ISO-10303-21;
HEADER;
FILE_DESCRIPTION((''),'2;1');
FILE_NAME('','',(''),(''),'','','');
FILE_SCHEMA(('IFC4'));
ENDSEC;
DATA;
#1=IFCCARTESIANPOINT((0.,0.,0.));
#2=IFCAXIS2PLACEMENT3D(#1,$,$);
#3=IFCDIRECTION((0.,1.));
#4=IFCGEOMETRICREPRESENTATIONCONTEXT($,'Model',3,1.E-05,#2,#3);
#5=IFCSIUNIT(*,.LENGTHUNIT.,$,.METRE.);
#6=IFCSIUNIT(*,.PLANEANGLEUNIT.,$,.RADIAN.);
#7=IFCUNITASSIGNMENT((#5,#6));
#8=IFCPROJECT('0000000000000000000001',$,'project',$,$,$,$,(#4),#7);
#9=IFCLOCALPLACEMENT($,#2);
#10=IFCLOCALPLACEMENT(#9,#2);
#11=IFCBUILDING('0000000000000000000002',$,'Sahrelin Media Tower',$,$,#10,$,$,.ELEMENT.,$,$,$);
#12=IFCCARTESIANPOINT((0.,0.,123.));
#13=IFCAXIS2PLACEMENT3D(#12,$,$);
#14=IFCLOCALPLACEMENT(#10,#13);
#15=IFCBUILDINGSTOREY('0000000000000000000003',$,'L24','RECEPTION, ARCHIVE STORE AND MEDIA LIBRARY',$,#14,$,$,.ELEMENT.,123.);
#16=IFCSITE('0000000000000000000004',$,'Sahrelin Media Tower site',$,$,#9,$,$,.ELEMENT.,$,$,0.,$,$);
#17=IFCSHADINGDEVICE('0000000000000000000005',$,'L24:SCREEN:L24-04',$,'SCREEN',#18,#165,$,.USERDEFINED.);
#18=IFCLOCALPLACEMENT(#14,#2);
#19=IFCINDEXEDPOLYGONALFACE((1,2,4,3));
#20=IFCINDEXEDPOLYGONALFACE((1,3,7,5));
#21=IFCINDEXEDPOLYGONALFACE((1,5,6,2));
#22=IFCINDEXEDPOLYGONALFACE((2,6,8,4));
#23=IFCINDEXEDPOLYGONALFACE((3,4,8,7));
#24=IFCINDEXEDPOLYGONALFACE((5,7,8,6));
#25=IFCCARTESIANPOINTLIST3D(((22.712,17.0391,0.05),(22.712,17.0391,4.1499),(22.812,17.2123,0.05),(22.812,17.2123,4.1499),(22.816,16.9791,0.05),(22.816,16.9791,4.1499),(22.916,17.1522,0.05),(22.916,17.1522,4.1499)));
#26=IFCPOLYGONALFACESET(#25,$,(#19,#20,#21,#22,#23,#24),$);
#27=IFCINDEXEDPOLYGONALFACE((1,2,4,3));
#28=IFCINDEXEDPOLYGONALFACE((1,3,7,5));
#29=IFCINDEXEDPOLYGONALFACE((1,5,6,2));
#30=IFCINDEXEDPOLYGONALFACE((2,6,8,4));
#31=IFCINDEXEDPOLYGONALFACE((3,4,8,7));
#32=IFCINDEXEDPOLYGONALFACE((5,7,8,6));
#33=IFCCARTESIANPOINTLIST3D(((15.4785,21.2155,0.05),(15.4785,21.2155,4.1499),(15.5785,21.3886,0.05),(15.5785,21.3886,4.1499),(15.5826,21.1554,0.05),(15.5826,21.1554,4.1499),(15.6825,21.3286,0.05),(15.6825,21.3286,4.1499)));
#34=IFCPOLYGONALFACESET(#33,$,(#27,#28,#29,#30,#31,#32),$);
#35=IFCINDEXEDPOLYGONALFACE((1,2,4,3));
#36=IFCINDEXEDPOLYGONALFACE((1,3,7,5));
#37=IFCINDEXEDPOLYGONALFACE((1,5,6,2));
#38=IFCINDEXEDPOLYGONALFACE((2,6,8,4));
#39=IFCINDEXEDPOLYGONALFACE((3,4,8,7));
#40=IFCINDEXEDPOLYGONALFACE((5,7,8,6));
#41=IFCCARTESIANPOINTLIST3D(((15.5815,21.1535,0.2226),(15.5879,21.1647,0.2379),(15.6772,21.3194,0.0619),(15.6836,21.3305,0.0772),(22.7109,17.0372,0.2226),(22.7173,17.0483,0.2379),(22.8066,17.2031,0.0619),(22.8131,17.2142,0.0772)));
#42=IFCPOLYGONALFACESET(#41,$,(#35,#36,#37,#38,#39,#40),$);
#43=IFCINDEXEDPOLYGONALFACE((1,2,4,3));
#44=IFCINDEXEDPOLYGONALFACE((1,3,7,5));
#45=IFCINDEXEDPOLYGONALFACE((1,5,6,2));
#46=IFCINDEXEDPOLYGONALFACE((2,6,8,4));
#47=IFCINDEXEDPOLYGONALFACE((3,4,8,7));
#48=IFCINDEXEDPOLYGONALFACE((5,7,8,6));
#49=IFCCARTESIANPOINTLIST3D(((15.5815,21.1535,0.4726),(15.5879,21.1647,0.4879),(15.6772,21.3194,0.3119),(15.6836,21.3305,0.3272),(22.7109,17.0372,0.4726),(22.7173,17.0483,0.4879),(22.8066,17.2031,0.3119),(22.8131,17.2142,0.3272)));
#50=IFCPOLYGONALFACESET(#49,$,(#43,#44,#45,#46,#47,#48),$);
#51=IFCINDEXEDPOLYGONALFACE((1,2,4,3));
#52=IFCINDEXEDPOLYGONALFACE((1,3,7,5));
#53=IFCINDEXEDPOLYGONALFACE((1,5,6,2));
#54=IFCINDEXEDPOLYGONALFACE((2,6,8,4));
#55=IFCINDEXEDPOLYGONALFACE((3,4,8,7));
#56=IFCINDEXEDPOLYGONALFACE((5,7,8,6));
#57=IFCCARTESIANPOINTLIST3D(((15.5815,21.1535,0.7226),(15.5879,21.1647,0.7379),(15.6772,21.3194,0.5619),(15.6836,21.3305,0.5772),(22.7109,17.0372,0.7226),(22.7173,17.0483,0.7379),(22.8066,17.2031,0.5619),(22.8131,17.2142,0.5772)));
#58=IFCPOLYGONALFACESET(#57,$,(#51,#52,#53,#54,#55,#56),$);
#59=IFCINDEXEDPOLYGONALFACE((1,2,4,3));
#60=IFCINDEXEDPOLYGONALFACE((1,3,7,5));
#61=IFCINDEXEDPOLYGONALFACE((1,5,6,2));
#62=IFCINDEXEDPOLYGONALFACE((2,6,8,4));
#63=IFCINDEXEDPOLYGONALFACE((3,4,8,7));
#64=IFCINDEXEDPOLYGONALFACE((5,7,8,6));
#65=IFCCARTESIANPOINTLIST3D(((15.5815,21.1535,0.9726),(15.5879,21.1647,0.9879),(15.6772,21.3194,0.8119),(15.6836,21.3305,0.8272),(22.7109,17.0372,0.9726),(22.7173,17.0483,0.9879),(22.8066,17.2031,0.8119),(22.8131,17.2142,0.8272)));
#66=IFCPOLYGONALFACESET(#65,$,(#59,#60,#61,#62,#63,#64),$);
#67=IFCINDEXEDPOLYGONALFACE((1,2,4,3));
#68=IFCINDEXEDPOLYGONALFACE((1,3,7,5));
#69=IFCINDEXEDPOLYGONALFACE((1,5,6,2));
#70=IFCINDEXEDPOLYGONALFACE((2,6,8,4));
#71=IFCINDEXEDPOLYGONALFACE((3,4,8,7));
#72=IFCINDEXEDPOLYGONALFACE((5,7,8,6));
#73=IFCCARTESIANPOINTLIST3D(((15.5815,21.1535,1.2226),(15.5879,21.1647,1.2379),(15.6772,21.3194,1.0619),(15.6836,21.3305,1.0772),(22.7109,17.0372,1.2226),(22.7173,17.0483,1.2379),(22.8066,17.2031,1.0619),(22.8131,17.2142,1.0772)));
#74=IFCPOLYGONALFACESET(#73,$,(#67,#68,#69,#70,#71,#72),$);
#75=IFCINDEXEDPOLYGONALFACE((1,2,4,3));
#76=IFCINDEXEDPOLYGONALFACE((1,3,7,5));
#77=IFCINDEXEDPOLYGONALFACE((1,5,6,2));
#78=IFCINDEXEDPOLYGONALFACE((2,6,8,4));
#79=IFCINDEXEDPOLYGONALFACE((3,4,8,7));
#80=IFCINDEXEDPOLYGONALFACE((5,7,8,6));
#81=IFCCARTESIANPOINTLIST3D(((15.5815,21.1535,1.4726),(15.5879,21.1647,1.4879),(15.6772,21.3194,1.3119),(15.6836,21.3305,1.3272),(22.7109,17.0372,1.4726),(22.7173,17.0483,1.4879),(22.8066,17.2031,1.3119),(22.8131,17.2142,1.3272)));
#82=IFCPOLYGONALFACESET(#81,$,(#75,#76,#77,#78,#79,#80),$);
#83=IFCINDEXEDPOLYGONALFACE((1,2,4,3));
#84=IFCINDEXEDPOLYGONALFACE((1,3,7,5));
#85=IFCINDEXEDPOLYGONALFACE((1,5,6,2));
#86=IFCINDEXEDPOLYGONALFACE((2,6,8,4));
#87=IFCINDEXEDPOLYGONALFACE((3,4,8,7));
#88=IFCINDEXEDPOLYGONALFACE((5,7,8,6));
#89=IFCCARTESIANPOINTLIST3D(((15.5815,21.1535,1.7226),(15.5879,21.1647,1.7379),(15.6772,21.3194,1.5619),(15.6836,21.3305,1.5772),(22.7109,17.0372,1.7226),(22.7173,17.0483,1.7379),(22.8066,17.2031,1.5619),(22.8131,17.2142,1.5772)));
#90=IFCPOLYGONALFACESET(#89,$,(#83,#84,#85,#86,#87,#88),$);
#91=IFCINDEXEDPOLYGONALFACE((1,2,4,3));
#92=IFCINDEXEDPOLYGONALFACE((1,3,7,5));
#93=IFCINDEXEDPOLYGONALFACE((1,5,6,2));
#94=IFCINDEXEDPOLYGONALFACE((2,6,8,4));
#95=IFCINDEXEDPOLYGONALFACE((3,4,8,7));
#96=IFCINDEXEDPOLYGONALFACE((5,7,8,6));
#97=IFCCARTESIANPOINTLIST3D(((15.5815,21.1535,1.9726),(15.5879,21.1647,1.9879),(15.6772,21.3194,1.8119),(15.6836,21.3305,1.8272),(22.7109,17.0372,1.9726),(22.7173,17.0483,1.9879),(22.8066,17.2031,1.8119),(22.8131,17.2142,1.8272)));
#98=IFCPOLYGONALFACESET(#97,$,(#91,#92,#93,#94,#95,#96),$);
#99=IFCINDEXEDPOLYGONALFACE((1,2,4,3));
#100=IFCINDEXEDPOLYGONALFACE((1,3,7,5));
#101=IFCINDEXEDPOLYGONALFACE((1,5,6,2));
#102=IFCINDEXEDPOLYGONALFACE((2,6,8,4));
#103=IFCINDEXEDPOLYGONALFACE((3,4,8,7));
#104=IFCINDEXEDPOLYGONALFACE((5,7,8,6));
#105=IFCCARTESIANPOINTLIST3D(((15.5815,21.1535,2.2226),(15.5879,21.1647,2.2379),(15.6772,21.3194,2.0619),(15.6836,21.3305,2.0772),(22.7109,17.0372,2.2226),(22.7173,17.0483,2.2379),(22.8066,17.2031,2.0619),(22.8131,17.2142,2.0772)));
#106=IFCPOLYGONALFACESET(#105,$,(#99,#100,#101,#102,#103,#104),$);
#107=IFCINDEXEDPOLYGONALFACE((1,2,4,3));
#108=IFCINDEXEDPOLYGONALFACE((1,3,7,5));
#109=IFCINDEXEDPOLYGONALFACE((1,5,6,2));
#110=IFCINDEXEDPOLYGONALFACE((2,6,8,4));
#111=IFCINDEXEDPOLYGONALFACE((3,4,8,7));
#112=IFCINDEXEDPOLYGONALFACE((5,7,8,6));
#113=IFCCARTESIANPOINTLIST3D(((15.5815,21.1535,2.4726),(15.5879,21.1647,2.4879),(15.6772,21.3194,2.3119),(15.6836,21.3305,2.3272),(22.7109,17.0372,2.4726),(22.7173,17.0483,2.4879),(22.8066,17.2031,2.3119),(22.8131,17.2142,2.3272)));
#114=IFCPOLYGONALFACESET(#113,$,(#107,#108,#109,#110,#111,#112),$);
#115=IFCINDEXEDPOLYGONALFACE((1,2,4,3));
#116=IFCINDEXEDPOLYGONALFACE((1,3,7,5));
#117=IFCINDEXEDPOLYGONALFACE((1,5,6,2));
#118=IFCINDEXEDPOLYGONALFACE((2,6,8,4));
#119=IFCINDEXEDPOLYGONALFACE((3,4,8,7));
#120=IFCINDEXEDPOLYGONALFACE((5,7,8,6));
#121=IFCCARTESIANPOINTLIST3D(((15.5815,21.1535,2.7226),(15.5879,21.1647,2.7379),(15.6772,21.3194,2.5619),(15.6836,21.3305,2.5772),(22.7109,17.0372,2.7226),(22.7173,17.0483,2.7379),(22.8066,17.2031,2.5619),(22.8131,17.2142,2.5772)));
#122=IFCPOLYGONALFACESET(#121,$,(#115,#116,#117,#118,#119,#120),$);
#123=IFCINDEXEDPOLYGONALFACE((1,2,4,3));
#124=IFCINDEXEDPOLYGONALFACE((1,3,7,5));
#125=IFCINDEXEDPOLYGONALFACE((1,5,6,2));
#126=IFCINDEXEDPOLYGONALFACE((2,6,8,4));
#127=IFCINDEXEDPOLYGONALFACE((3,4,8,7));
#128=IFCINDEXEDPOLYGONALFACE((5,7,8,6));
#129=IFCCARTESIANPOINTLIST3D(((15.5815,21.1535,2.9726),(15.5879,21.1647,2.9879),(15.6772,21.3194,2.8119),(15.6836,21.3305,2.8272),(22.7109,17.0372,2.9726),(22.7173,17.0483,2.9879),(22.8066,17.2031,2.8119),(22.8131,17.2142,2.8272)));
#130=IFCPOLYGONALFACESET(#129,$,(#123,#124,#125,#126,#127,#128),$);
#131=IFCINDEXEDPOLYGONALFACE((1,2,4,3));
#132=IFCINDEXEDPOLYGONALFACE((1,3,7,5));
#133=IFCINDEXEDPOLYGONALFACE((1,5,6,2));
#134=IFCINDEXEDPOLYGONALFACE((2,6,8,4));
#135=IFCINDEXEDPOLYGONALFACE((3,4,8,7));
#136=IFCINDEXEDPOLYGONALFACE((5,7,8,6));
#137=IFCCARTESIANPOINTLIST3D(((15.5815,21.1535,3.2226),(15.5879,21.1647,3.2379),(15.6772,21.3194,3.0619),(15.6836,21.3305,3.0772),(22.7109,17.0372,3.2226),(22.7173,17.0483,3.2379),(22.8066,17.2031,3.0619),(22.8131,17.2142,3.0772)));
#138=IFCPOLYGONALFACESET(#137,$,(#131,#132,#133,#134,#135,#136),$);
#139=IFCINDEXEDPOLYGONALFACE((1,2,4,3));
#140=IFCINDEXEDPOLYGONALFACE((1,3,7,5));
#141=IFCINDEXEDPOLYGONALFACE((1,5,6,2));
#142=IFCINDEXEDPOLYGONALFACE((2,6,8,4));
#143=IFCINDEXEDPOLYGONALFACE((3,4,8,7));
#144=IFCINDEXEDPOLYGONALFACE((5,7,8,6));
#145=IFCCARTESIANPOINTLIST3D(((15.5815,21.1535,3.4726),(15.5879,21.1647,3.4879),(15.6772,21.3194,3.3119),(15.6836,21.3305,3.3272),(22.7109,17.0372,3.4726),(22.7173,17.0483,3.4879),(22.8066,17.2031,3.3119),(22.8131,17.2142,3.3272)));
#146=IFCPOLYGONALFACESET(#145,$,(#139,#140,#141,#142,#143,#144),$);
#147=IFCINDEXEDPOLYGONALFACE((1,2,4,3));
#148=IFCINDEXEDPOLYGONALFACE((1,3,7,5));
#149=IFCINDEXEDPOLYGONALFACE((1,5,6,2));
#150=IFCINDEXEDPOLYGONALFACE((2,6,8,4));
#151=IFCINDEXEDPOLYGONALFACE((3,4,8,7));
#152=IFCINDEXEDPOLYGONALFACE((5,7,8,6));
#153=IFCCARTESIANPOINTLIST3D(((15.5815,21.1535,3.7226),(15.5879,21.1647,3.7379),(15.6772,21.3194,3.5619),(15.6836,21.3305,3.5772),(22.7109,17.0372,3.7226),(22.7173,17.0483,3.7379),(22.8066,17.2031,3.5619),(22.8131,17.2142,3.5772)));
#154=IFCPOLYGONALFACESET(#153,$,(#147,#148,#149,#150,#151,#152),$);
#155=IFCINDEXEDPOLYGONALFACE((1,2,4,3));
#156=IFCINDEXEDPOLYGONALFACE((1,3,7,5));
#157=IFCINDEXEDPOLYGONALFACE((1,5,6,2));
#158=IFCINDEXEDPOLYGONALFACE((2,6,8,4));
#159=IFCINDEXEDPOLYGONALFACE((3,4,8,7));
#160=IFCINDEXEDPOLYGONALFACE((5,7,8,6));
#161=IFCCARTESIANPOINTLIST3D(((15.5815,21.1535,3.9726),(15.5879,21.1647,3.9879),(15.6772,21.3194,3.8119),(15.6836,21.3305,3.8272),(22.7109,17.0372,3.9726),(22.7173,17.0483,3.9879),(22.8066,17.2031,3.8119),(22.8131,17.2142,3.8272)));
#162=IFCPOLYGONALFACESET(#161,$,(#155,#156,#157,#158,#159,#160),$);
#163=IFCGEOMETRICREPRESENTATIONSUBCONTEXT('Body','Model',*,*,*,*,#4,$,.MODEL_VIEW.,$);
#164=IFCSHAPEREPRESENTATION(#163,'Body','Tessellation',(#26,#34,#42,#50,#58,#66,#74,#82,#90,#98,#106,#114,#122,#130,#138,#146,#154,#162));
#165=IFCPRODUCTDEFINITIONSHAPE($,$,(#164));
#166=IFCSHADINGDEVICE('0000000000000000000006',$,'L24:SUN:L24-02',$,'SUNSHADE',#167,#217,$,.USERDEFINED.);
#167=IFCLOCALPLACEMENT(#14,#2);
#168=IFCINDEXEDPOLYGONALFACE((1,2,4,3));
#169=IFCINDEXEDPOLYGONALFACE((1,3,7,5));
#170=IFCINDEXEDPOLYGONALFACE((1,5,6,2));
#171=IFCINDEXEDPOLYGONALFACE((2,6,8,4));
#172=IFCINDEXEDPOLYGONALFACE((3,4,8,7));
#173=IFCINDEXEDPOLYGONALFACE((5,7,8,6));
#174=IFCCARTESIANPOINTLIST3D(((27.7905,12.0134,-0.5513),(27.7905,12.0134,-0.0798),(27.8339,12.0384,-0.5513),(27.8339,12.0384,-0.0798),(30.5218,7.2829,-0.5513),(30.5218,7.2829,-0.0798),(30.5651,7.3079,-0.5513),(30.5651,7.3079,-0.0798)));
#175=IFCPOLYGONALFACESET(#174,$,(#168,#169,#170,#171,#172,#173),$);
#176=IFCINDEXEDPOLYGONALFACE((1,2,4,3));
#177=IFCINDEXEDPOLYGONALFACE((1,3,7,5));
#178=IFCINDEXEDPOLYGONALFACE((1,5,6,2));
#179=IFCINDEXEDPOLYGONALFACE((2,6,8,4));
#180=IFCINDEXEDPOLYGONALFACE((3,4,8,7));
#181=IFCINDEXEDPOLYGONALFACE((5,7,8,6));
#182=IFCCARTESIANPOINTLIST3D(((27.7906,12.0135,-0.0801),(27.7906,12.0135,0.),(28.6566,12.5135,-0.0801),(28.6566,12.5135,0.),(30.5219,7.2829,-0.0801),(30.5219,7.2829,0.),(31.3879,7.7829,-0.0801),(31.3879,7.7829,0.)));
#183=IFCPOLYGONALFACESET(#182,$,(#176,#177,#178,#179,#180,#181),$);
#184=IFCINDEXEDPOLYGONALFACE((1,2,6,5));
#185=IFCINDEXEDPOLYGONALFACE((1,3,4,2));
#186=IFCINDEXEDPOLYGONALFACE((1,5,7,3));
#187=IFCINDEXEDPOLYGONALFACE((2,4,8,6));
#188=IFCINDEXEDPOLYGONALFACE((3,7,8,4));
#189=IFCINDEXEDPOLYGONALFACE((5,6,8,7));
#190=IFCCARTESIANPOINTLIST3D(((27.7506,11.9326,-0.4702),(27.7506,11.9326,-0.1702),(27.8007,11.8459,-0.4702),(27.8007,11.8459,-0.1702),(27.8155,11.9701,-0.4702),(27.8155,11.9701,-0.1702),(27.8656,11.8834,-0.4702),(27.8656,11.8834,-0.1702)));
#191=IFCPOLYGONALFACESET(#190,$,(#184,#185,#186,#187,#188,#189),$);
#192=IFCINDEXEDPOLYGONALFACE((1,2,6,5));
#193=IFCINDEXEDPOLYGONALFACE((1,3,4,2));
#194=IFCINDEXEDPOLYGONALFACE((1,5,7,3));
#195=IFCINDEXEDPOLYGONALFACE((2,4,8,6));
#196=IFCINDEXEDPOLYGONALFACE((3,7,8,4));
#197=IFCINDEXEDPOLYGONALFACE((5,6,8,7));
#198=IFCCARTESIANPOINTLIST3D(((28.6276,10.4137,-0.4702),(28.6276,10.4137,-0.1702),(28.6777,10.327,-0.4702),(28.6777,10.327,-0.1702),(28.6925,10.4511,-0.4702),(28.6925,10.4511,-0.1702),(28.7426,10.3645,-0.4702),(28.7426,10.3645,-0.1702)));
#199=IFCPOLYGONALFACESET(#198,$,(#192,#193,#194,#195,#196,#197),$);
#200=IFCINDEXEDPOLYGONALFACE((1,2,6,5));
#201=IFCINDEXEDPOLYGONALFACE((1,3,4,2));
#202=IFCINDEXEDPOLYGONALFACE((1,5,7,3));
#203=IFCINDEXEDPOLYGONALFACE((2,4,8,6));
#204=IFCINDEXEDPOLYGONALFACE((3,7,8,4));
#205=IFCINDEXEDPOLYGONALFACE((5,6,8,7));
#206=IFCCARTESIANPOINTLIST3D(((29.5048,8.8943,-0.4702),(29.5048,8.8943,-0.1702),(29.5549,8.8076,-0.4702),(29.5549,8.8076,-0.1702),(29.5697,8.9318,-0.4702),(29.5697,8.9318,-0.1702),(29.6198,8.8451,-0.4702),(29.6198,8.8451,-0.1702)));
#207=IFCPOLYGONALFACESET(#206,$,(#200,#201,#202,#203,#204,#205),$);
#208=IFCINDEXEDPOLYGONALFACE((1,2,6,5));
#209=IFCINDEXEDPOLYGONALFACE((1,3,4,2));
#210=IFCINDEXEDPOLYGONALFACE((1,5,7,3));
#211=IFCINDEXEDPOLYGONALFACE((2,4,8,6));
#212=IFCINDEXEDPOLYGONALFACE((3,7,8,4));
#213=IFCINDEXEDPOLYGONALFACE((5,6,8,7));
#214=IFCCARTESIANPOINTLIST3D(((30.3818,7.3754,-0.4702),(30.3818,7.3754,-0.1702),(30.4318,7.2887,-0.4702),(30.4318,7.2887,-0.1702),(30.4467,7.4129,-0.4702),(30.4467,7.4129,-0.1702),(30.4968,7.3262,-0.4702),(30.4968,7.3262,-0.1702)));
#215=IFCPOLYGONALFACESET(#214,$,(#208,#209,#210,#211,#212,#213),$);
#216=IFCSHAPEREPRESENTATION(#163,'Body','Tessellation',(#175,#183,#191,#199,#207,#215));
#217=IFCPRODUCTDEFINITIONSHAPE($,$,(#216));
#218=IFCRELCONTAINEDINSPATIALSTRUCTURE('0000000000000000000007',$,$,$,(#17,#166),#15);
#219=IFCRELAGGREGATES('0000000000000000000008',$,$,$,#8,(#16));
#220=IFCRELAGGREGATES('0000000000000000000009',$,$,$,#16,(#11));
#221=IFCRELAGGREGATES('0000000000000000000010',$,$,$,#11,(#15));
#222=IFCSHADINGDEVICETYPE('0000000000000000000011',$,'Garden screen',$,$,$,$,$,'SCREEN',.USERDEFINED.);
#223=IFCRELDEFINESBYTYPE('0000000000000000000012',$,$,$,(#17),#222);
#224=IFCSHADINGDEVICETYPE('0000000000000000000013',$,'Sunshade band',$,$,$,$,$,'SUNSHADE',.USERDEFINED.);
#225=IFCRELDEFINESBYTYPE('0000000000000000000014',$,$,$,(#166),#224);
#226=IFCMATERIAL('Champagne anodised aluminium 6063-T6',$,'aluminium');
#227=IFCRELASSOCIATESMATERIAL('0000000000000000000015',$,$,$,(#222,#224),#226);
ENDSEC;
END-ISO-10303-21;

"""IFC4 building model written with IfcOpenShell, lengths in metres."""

from ifc_helpers import new_model, si_unit, direction, frame, origin, origin_2d, place, context, subcontext, project, spatial, rectangle, extrude, material, type_object, element, save


model = new_model("IFC4")

# Units and contexts
model_context = context("Model", 3, precision=1e-05, world=origin(), true_north=direction((0.0, 1.0)))
body_context = subcontext(model_context, "Body", "Model", "MODEL_VIEW")
ifc_project = project(units=[si_unit("LENGTHUNIT", "METRE"), si_unit("PLANEANGLEUNIT", "RADIAN")], contexts=[model_context])

# Site, building, storey
site_placement = place(None, origin())
site = spatial("IfcSite", under=ifc_project, at=site_placement, Name="Sahrelin Media Tower site", CompositionType="ELEMENT", RefElevation=0.0)
building_placement = place(site_placement, origin())
building = spatial("IfcBuilding", under=site, at=building_placement, Name="Sahrelin Media Tower", CompositionType="ELEMENT")
storey_placement = place(building_placement, frame((0.0, 0.0, 123.0)))
storey = spatial("IfcBuildingStorey", under=building, at=storey_placement, Name="L24", Description="RECEPTION, ARCHIVE STORE AND MEDIA LIBRARY", CompositionType="ELEMENT", Elevation=123.0)

# Shared definitions
ifc_material_1 = material(Name="Champagne anodised aluminium 6063-T6", Category="aluminium")

# Shading device
placement_1 = place(storey_placement, frame((29.1389, 9.6382, 0.0), z_axis=(0.0, 0.0, 1.0), x_axis=(0.500011, -0.866019, 0.0)))
shading_device_type_1 = type_object("IfcShadingDeviceType", Name="Garden screen", ElementType="SCREEN", PredefinedType="USERDEFINED", material=ifc_material_1)
shading_device_1_placement = place(storey_placement, frame((19.1472, 19.0972, 0.0), z_axis=(0.0, 0.0, 1.0), x_axis=(0.866019, -0.500011, 0.0)))
element("IfcShadingDevice", 1, at=shading_device_1_placement, inside=storey, type_object=shading_device_type_1, Name="L24:SCREEN:L24-04", ObjectType="SCREEN", PredefinedType="USERDEFINED", context=body_context, shape_type="SweptSolid", body=[
    extrude(rectangle(XDim=0.1201, YDim=0.2, at=origin_2d()), frame((4.1763, 0.1001, 0.05), z_axis=(0.0, 0.0, 1.0), x_axis=(1.0, 0.0, 0.0)), (0.0, 0.0, 1.0), 4.0999),
    extrude(rectangle(XDim=0.1201, YDim=0.2, at=origin_2d()), frame((-4.1763, 0.1001, 0.05), z_axis=(0.0, 0.0, 1.0), x_axis=(1.0, 0.0, 0.0)), (0.0, 0.0, 1.0), 4.0999),
    extrude(rectangle(XDim=0.25, YDim=0.02, at=origin_2d()), frame((4.1162, 0.1001, 0.1499), z_axis=(-1.0, 0.0, 0.0), x_axis=(0.0, -0.766044, 0.642788)), (0.0, 0.0, 1.0), 8.2324),
    extrude(rectangle(XDim=0.25, YDim=0.02, at=origin_2d()), frame((4.1162, 0.1001, 0.3999), z_axis=(-1.0, 0.0, 0.0), x_axis=(0.0, -0.766044, 0.642788)), (0.0, 0.0, 1.0), 8.2324),
    extrude(rectangle(XDim=0.25, YDim=0.02, at=origin_2d()), frame((4.1162, 0.1001, 0.6499), z_axis=(-1.0, 0.0, 0.0), x_axis=(0.0, -0.766044, 0.642788)), (0.0, 0.0, 1.0), 8.2324),
    extrude(rectangle(XDim=0.25, YDim=0.02, at=origin_2d()), frame((4.1162, 0.1001, 0.8999), z_axis=(-1.0, 0.0, 0.0), x_axis=(0.0, -0.766044, 0.642788)), (0.0, 0.0, 1.0), 8.2324),
    extrude(rectangle(XDim=0.25, YDim=0.02, at=origin_2d()), frame((4.1162, 0.1001, 1.1499), z_axis=(-1.0, 0.0, 0.0), x_axis=(0.0, -0.766044, 0.642788)), (0.0, 0.0, 1.0), 8.2324),
    extrude(rectangle(XDim=0.25, YDim=0.02, at=origin_2d()), frame((4.1162, 0.1001, 1.3999), z_axis=(-1.0, 0.0, 0.0), x_axis=(0.0, -0.766044, 0.642788)), (0.0, 0.0, 1.0), 8.2324),
    extrude(rectangle(XDim=0.25, YDim=0.02, at=origin_2d()), frame((4.1162, 0.1001, 1.6499), z_axis=(-1.0, 0.0, 0.0), x_axis=(0.0, -0.766044, 0.642788)), (0.0, 0.0, 1.0), 8.2324),
    extrude(rectangle(XDim=0.25, YDim=0.02, at=origin_2d()), frame((4.1162, 0.1001, 1.8999), z_axis=(-1.0, 0.0, 0.0), x_axis=(0.0, -0.766044, 0.642788)), (0.0, 0.0, 1.0), 8.2324),
    extrude(rectangle(XDim=0.25, YDim=0.02, at=origin_2d()), frame((4.1162, 0.1001, 2.1499), z_axis=(-1.0, 0.0, 0.0), x_axis=(0.0, -0.766044, 0.642788)), (0.0, 0.0, 1.0), 8.2324),
    extrude(rectangle(XDim=0.25, YDim=0.02, at=origin_2d()), frame((4.1162, 0.1001, 2.3999), z_axis=(-1.0, 0.0, 0.0), x_axis=(0.0, -0.766044, 0.642788)), (0.0, 0.0, 1.0), 8.2324),
    extrude(rectangle(XDim=0.25, YDim=0.02, at=origin_2d()), frame((4.1162, 0.1001, 2.6499), z_axis=(-1.0, 0.0, 0.0), x_axis=(0.0, -0.766044, 0.642788)), (0.0, 0.0, 1.0), 8.2324),
    extrude(rectangle(XDim=0.25, YDim=0.02, at=origin_2d()), frame((4.1162, 0.1001, 2.8999), z_axis=(-1.0, 0.0, 0.0), x_axis=(0.0, -0.766044, 0.642788)), (0.0, 0.0, 1.0), 8.2324),
    extrude(rectangle(XDim=0.25, YDim=0.02, at=origin_2d()), frame((4.1162, 0.1001, 3.1499), z_axis=(-1.0, 0.0, 0.0), x_axis=(0.0, -0.766044, 0.642788)), (0.0, 0.0, 1.0), 8.2324),
    extrude(rectangle(XDim=0.25, YDim=0.02, at=origin_2d()), frame((4.1162, 0.1001, 3.3999), z_axis=(-1.0, 0.0, 0.0), x_axis=(0.0, -0.766044, 0.642788)), (0.0, 0.0, 1.0), 8.2324),
    extrude(rectangle(XDim=0.25, YDim=0.02, at=origin_2d()), frame((4.1162, 0.1001, 3.6499), z_axis=(-1.0, 0.0, 0.0), x_axis=(0.0, -0.766044, 0.642788)), (0.0, 0.0, 1.0), 8.2324),
    extrude(rectangle(XDim=0.25, YDim=0.02, at=origin_2d()), frame((4.1162, 0.1001, 3.8999), z_axis=(-1.0, 0.0, 0.0), x_axis=(0.0, -0.766044, 0.642788)), (0.0, 0.0, 1.0), 8.2324),
])

# Shading device
shading_device_type_2 = type_object("IfcShadingDeviceType", Name="Sunshade band", ElementType="SUNSHADE", PredefinedType="USERDEFINED", material=ifc_material_1)
element("IfcShadingDevice", 2, at=placement_1, inside=storey, type_object=shading_device_type_2, Name="L24:SUN:L24-02", ObjectType="SUNSHADE", PredefinedType="USERDEFINED", context=body_context, shape_type="SweptSolid", body=[
    extrude(rectangle(XDim=5.4624, YDim=0.05, at=origin_2d()), frame((0.0, 0.0449, -0.5513)), (0.0, 0.0, 1.0), 0.4714),
    extrude(rectangle(XDim=5.4624, YDim=1.0, at=origin_2d()), frame((0.0, 0.52, -0.0801)), (0.0, 0.0, 1.0), 0.0801),
    extrude(rectangle(XDim=0.1001, YDim=0.075, at=origin_2d()), frame((-2.6311, -0.0176, -0.4702)), (0.0, 0.0, 1.0), 0.3),
    extrude(rectangle(XDim=0.1001, YDim=0.075, at=origin_2d()), frame((-0.8772, -0.0176, -0.4702)), (0.0, 0.0, 1.0), 0.3),
    extrude(rectangle(XDim=0.1001, YDim=0.075, at=origin_2d()), frame((0.8772, -0.0176, -0.4702)), (0.0, 0.0, 1.0), 0.3),
    extrude(rectangle(XDim=0.1001, YDim=0.075, at=origin_2d()), frame((2.6311, -0.0176, -0.4702)), (0.0, 0.0, 1.0), 0.3),
])

save(model, "model.ifc")
